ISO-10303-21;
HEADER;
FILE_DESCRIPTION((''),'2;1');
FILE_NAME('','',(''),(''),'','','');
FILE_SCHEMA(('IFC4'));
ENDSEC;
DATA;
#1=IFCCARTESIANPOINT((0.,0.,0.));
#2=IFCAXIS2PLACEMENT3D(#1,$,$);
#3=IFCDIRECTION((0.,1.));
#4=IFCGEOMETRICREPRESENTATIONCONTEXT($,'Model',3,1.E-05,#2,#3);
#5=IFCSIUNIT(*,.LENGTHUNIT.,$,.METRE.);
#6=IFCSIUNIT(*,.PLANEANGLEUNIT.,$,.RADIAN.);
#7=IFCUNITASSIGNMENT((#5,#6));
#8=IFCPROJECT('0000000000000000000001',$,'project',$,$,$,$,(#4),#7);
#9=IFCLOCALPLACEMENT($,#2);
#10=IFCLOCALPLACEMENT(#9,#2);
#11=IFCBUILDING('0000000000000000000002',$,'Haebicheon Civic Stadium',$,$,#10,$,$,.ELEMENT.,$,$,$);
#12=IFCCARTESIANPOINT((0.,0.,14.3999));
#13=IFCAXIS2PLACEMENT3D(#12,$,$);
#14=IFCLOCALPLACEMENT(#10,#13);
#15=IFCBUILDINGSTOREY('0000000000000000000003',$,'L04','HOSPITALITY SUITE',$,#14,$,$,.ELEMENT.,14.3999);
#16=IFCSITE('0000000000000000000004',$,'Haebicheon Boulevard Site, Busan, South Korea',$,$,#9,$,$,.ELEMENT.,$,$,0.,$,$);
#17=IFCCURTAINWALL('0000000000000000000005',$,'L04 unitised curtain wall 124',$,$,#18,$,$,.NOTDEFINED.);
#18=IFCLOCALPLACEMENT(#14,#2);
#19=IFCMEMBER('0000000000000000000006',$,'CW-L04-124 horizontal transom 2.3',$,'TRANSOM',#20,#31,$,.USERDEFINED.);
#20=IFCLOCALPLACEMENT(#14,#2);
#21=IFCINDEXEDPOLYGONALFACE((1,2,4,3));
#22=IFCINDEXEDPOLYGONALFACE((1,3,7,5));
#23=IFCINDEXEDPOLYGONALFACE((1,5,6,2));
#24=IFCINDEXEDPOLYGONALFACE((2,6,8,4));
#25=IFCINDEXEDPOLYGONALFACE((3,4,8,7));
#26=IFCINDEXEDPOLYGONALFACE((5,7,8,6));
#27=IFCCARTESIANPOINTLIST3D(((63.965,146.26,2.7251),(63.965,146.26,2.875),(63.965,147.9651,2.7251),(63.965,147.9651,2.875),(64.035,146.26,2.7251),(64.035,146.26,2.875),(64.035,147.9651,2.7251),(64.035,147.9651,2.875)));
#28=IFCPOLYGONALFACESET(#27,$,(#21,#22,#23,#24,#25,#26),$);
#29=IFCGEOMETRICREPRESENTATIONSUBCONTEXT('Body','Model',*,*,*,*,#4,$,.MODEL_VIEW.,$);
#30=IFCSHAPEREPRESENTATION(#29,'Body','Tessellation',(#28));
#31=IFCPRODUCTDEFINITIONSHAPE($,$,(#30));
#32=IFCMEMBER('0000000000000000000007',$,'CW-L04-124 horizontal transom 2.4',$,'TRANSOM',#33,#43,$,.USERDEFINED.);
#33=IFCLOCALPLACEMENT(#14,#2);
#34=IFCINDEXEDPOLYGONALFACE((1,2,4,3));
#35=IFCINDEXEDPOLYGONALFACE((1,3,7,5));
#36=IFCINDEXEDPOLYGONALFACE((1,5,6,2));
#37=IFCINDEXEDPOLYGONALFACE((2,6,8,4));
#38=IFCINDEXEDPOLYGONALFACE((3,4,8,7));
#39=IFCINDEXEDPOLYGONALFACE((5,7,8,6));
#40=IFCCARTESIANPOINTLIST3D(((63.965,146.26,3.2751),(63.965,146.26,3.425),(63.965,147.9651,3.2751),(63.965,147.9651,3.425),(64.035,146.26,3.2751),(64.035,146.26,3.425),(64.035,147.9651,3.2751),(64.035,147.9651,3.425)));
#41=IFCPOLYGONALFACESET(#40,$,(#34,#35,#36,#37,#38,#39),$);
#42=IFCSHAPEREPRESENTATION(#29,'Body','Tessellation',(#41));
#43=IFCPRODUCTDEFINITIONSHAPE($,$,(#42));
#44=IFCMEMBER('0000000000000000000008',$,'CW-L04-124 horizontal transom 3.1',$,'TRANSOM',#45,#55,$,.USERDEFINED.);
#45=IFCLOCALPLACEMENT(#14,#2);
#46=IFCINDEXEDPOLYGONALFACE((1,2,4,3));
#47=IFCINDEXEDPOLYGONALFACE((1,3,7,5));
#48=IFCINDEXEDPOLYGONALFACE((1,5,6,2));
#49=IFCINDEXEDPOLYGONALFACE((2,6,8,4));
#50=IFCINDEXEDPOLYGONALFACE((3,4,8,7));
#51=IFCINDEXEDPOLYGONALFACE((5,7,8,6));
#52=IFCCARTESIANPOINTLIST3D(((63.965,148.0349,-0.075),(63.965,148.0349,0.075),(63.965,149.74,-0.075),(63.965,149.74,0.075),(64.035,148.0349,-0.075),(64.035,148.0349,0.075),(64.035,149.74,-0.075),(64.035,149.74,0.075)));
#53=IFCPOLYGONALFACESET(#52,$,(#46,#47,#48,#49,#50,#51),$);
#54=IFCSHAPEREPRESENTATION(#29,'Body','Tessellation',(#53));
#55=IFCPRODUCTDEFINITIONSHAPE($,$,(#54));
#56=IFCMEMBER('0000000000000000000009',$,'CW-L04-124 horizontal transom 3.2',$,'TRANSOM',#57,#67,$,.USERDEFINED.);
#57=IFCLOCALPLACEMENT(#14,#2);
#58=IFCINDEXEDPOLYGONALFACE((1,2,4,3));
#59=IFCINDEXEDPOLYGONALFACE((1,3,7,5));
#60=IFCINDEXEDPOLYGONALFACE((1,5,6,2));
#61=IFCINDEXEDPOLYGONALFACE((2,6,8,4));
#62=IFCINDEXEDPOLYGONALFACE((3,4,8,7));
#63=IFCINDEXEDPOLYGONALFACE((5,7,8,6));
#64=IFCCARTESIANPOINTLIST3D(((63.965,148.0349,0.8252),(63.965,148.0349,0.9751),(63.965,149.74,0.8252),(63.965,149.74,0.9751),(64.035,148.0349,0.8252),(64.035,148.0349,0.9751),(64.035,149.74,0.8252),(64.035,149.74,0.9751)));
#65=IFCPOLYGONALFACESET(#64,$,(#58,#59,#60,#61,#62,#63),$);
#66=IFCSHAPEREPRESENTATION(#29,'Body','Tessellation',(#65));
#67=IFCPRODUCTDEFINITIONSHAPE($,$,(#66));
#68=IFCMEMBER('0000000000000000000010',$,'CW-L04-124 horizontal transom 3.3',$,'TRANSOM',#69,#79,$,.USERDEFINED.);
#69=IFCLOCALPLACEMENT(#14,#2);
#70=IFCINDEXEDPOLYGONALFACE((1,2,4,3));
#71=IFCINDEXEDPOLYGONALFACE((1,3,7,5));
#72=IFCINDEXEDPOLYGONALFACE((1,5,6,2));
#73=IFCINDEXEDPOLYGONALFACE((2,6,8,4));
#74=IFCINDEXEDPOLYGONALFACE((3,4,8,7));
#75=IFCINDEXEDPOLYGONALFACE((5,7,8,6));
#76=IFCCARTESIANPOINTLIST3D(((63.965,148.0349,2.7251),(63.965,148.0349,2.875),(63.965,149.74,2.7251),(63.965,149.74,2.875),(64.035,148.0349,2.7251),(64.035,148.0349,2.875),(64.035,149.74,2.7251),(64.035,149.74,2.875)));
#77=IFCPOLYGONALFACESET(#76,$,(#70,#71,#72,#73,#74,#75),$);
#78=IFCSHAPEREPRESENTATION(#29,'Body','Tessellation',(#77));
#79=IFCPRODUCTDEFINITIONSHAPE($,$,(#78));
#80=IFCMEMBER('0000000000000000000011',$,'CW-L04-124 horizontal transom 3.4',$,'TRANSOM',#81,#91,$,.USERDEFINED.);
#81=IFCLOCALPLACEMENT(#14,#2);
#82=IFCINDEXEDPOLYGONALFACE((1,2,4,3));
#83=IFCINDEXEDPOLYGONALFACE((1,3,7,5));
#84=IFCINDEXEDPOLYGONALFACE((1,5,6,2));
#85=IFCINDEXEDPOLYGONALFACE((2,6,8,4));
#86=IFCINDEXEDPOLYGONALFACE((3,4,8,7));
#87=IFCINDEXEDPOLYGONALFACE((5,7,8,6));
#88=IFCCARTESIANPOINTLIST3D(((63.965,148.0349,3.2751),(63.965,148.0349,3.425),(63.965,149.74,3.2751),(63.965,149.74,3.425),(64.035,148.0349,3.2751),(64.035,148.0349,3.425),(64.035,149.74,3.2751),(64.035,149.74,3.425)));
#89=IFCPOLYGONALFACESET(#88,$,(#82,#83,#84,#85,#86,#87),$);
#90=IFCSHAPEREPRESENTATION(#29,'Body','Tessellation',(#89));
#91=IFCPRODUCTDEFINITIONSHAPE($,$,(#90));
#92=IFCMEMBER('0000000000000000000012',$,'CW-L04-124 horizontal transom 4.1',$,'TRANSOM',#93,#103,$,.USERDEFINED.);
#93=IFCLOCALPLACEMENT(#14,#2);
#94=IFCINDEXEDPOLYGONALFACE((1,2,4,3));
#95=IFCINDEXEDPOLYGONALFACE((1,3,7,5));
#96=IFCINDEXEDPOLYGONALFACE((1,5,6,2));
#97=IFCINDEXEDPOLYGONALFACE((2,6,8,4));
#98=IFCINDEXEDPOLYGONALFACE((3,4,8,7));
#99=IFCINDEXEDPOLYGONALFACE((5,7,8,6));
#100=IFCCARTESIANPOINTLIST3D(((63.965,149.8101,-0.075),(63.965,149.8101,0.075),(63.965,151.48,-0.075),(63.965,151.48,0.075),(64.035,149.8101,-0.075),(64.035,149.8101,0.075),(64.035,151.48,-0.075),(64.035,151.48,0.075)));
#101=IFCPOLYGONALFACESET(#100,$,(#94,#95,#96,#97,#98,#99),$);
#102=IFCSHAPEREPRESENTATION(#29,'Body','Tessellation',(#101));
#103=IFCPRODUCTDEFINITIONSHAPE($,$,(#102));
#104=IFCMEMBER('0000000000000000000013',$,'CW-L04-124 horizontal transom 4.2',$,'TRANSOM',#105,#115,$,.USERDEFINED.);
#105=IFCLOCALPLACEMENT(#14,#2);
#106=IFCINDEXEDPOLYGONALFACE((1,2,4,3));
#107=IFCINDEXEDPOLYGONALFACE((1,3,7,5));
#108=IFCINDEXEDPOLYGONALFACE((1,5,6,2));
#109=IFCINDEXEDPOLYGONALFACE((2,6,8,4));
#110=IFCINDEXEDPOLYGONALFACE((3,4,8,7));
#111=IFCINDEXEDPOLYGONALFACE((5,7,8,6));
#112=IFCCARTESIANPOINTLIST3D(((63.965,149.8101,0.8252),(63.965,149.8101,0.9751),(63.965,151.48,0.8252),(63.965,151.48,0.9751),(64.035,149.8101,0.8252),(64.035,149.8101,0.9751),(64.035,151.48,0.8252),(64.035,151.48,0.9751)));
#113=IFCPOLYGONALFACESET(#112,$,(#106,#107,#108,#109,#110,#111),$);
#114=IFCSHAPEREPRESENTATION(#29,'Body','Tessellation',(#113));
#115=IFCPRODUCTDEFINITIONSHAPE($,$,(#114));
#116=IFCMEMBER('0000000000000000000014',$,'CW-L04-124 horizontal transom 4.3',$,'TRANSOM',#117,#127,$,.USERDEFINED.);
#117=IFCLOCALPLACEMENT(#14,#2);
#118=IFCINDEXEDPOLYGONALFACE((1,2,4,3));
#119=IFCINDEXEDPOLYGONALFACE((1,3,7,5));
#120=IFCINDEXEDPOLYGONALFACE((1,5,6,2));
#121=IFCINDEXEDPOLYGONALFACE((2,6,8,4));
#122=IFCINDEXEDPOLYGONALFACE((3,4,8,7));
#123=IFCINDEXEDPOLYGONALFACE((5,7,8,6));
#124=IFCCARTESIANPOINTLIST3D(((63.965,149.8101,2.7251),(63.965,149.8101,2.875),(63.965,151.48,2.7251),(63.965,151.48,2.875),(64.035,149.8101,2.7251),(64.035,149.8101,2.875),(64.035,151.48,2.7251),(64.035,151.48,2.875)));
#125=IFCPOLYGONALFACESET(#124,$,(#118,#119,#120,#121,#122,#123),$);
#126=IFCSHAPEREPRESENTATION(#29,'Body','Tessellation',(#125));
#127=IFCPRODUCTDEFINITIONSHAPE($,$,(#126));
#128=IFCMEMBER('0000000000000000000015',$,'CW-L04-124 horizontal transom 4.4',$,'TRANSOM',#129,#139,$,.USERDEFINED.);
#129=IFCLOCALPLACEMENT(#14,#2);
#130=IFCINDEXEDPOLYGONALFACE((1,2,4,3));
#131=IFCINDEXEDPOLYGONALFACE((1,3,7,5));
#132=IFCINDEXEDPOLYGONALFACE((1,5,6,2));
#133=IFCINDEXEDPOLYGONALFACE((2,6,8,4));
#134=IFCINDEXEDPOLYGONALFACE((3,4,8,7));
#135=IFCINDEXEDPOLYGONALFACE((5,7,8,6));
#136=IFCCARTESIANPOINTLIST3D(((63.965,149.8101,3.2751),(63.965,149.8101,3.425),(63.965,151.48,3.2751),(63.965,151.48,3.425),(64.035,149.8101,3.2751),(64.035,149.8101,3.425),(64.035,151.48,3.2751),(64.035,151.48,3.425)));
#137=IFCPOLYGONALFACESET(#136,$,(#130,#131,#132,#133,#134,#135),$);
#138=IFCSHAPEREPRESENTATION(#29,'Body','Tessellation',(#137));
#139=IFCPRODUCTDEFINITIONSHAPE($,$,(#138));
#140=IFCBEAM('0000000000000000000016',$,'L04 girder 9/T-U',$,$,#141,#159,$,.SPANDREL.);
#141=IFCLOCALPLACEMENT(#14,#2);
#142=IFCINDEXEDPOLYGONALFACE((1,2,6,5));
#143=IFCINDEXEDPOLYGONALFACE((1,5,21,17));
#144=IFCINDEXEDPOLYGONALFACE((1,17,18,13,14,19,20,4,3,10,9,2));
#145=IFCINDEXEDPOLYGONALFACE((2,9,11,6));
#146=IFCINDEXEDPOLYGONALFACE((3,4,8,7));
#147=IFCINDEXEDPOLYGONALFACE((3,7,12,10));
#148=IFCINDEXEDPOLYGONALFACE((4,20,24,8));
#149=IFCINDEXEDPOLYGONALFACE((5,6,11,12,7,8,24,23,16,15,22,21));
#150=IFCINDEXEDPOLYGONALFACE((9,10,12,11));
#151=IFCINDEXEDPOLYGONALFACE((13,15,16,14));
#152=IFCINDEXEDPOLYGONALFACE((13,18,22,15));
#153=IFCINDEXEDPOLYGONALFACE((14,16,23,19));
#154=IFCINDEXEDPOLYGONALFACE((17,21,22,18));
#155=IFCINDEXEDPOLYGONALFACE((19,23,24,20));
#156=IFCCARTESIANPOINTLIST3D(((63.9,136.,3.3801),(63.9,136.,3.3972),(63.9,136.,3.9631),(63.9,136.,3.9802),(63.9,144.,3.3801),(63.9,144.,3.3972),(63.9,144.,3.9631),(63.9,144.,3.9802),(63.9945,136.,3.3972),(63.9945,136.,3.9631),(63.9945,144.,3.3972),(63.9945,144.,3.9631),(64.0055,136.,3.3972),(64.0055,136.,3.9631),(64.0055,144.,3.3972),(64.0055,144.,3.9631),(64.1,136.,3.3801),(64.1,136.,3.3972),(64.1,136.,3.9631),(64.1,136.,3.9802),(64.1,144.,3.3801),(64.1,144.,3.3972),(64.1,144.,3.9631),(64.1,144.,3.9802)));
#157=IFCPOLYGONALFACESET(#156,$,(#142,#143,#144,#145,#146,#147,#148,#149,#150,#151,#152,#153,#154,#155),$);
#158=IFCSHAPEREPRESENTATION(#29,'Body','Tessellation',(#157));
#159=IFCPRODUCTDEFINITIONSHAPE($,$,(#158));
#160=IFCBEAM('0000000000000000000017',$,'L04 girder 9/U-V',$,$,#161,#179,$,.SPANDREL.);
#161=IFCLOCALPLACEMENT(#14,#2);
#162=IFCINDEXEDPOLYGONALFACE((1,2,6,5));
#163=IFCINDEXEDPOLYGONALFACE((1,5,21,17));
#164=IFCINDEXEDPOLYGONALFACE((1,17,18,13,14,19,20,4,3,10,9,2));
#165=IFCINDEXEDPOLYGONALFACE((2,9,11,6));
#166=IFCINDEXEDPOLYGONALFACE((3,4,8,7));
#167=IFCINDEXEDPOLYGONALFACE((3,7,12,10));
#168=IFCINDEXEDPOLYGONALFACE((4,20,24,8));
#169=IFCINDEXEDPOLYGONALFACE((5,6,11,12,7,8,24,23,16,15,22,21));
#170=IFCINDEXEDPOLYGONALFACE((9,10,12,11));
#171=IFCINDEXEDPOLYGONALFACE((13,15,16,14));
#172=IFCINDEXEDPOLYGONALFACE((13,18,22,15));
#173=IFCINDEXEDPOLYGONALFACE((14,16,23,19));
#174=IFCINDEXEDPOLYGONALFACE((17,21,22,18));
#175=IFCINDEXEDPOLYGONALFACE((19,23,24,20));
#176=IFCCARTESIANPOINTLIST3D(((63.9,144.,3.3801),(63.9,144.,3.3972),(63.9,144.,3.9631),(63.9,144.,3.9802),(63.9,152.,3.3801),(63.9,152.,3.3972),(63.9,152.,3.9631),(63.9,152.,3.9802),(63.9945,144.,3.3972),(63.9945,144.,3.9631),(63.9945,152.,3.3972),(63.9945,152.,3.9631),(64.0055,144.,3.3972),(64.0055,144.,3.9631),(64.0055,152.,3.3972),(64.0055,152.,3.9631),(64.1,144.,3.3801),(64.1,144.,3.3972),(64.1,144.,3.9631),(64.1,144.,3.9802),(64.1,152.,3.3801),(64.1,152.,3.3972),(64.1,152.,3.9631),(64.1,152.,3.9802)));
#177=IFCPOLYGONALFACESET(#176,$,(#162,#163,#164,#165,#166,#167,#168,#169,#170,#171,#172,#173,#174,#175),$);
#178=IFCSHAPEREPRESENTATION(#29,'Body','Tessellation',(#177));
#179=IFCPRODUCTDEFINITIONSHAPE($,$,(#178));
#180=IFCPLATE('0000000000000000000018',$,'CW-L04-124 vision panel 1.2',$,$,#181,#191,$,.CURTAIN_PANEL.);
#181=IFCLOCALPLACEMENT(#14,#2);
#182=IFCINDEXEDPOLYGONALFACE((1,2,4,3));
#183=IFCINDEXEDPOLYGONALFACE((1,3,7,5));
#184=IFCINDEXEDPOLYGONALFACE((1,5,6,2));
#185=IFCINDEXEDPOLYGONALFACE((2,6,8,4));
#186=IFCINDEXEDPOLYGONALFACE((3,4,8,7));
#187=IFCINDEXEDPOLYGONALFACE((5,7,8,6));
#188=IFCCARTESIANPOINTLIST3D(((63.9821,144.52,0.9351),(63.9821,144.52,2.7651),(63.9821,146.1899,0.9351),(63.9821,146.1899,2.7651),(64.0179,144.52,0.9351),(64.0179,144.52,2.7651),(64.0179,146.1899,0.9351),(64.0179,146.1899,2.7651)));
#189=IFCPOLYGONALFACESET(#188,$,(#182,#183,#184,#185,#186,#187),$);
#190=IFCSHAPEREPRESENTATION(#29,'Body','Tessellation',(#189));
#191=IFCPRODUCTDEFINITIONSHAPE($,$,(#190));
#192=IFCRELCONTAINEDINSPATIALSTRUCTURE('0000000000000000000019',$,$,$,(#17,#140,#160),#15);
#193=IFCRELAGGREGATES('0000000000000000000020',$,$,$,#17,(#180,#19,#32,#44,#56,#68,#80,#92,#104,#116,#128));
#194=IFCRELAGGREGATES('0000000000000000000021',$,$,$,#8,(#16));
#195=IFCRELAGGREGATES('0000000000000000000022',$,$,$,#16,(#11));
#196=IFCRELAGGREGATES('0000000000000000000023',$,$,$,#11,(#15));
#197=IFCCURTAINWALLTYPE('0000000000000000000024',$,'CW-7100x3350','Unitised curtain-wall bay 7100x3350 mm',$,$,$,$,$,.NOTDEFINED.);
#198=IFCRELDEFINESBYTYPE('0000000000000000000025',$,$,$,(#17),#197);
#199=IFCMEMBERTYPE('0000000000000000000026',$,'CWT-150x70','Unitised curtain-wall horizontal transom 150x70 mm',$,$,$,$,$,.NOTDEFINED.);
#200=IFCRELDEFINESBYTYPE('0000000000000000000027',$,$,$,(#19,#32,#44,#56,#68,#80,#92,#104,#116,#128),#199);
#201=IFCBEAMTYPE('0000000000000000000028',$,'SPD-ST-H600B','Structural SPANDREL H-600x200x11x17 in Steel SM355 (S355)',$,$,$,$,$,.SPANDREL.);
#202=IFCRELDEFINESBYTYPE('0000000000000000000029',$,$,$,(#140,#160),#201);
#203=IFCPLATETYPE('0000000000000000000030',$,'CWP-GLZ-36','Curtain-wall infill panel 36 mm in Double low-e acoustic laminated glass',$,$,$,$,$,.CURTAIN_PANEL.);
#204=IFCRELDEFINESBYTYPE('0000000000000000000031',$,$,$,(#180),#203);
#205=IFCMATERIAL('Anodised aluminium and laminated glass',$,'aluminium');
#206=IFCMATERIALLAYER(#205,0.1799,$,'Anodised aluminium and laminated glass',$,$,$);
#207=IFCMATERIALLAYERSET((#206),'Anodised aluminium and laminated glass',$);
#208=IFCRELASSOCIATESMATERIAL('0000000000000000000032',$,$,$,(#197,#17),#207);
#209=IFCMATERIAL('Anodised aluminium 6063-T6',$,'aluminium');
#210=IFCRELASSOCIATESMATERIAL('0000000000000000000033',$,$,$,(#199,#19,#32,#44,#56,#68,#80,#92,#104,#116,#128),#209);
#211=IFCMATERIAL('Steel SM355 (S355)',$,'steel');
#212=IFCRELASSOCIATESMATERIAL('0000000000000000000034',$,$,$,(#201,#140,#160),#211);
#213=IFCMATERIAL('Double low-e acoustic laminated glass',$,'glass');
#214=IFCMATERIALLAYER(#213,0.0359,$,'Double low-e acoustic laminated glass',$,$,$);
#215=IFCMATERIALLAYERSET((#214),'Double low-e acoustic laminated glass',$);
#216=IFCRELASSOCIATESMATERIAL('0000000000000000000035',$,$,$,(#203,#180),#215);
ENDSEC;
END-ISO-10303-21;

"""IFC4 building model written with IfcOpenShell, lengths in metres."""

from ifc_helpers import new_model, si_unit, direction, frame, origin, origin_2d, place, context, subcontext, project, spatial, rectangle, i_section, extrude, material, layer, layer_set, material_profile, profile_set, type_object, element, aggregate, save


model = new_model("IFC4")

# Units and contexts
model_context = context("Model", 3, precision=1e-05, world=origin(), true_north=direction((0.0, 1.0)))
body_context = subcontext(model_context, "Body", "Model", "MODEL_VIEW")
ifc_project = project(units=[si_unit("LENGTHUNIT", "METRE"), si_unit("PLANEANGLEUNIT", "RADIAN")], contexts=[model_context])

# Site, building, storey
site_placement = place(None, origin())
site = spatial("IfcSite", under=ifc_project, at=site_placement, Name="Haebicheon Boulevard Site, Busan, South Korea", CompositionType="ELEMENT", RefElevation=0.0)
building_placement = place(site_placement, origin())
building = spatial("IfcBuilding", under=site, at=building_placement, Name="Haebicheon Civic Stadium", CompositionType="ELEMENT")
storey_placement = place(building_placement, frame((0.0, 0.0, 14.3999)))
storey = spatial("IfcBuildingStorey", under=building, at=storey_placement, Name="L04", Description="HOSPITALITY SUITE", CompositionType="ELEMENT", Elevation=14.3999)

# Curtain wall, members
ifc_material_1 = material(Name="Anodised aluminium and laminated glass", Category="aluminium")
ifc_layer_1 = layer(ifc_material_1, 0.1799, Name="Anodised aluminium and laminated glass")
ifc_layer_set_1 = layer_set([ifc_layer_1], Name="Anodised aluminium and laminated glass")
curtain_wall_type = type_object("IfcCurtainWallType", Name="CW-7100x3350", Description="Unitised curtain-wall bay 7100x3350 mm", PredefinedType="NOTDEFINED", material=ifc_layer_set_1)
curtain_wall_placement = place(storey_placement, origin())
curtain_wall = element("IfcCurtainWall", 1, at=curtain_wall_placement, inside=storey, type_object=curtain_wall_type, material=ifc_layer_set_1, Name="L04 unitised curtain wall 124", PredefinedType="NOTDEFINED")
ifc_material_2 = material(Name="Anodised aluminium 6063-T6", Category="aluminium")
ifc_material_profile_1 = material_profile(ifc_material_2, rectangle(XDim=0.0701, YDim=0.1499, at=origin_2d()), Name="ALU-TRAN-70x150")
ifc_profile_set_1 = profile_set([ifc_material_profile_1], Name="Anodised aluminium 6063-T6")
member_type_1 = type_object("IfcMemberType", Name="CWT-150x70", Description="Unitised curtain-wall horizontal transom 150x70 mm", PredefinedType="NOTDEFINED", material=ifc_profile_set_1)
member_1_placement = place(storey_placement, frame((64.0, 146.26, 2.8), z_axis=(0.0, 1.0, 0.0), x_axis=(-1.0, 0.0, 0.0)))
member_1 = element("IfcMember", 2, at=member_1_placement, type_object=member_type_1, material=ifc_profile_set_1, Name="CW-L04-124 horizontal transom 2.3", ObjectType="TRANSOM", PredefinedType="USERDEFINED", context=body_context, shape_type="SweptSolid", body=[
    extrude(rectangle(XDim=0.0701, YDim=0.1499, at=origin_2d()), origin(), (0.0, 0.0, 1.0), 1.7051),
])
member_2_placement = place(storey_placement, frame((64.0, 146.26, 3.3501), z_axis=(0.0, 1.0, 0.0), x_axis=(-1.0, 0.0, 0.0)))
member_2 = element("IfcMember", 3, at=member_2_placement, type_object=member_type_1, material=ifc_profile_set_1, Name="CW-L04-124 horizontal transom 2.4", ObjectType="TRANSOM", PredefinedType="USERDEFINED", context=body_context, shape_type="SweptSolid", body=[
    extrude(rectangle(XDim=0.0701, YDim=0.1499, at=origin_2d()), origin(), (0.0, 0.0, 1.0), 1.7051),
])
member_3_placement = place(storey_placement, frame((64.0, 148.0349, 0.0), z_axis=(0.0, 1.0, 0.0), x_axis=(-1.0, 0.0, 0.0)))
member_3 = element("IfcMember", 4, at=member_3_placement, type_object=member_type_1, material=ifc_profile_set_1, Name="CW-L04-124 horizontal transom 3.1", ObjectType="TRANSOM", PredefinedType="USERDEFINED", context=body_context, shape_type="SweptSolid", body=[
    extrude(rectangle(XDim=0.0701, YDim=0.1499, at=origin_2d()), origin(), (0.0, 0.0, 1.0), 1.7051),
])
member_4_placement = place(storey_placement, frame((64.0, 148.0349, 0.9001), z_axis=(0.0, 1.0, 0.0), x_axis=(-1.0, 0.0, 0.0)))
member_4 = element("IfcMember", 5, at=member_4_placement, type_object=member_type_1, material=ifc_profile_set_1, Name="CW-L04-124 horizontal transom 3.2", ObjectType="TRANSOM", PredefinedType="USERDEFINED", context=body_context, shape_type="SweptSolid", body=[
    extrude(rectangle(XDim=0.0701, YDim=0.1499, at=origin_2d()), origin(), (0.0, 0.0, 1.0), 1.7051),
])
member_5_placement = place(storey_placement, frame((64.0, 148.0349, 2.8), z_axis=(0.0, 1.0, 0.0), x_axis=(-1.0, 0.0, 0.0)))
member_5 = element("IfcMember", 6, at=member_5_placement, type_object=member_type_1, material=ifc_profile_set_1, Name="CW-L04-124 horizontal transom 3.3", ObjectType="TRANSOM", PredefinedType="USERDEFINED", context=body_context, shape_type="SweptSolid", body=[
    extrude(rectangle(XDim=0.0701, YDim=0.1499, at=origin_2d()), origin(), (0.0, 0.0, 1.0), 1.7051),
])
member_6_placement = place(storey_placement, frame((64.0, 148.0349, 3.3501), z_axis=(0.0, 1.0, 0.0), x_axis=(-1.0, 0.0, 0.0)))
member_6 = element("IfcMember", 7, at=member_6_placement, type_object=member_type_1, material=ifc_profile_set_1, Name="CW-L04-124 horizontal transom 3.4", ObjectType="TRANSOM", PredefinedType="USERDEFINED", context=body_context, shape_type="SweptSolid", body=[
    extrude(rectangle(XDim=0.0701, YDim=0.1499, at=origin_2d()), origin(), (0.0, 0.0, 1.0), 1.7051),
])
member_7_placement = place(storey_placement, frame((64.0, 149.8101, 0.0), z_axis=(0.0, 1.0, 0.0), x_axis=(-1.0, 0.0, 0.0)))
member_7 = element("IfcMember", 8, at=member_7_placement, type_object=member_type_1, material=ifc_profile_set_1, Name="CW-L04-124 horizontal transom 4.1", ObjectType="TRANSOM", PredefinedType="USERDEFINED", context=body_context, shape_type="SweptSolid", body=[
    extrude(rectangle(XDim=0.0701, YDim=0.1499, at=origin_2d()), origin(), (0.0, 0.0, 1.0), 1.6699),
])
member_8_placement = place(storey_placement, frame((64.0, 149.8101, 0.9001), z_axis=(0.0, 1.0, 0.0), x_axis=(-1.0, 0.0, 0.0)))
member_8 = element("IfcMember", 9, at=member_8_placement, type_object=member_type_1, material=ifc_profile_set_1, Name="CW-L04-124 horizontal transom 4.2", ObjectType="TRANSOM", PredefinedType="USERDEFINED", context=body_context, shape_type="SweptSolid", body=[
    extrude(rectangle(XDim=0.0701, YDim=0.1499, at=origin_2d()), origin(), (0.0, 0.0, 1.0), 1.6699),
])
member_9_placement = place(storey_placement, frame((64.0, 149.8101, 2.8), z_axis=(0.0, 1.0, 0.0), x_axis=(-1.0, 0.0, 0.0)))
member_9 = element("IfcMember", 10, at=member_9_placement, type_object=member_type_1, material=ifc_profile_set_1, Name="CW-L04-124 horizontal transom 4.3", ObjectType="TRANSOM", PredefinedType="USERDEFINED", context=body_context, shape_type="SweptSolid", body=[
    extrude(rectangle(XDim=0.0701, YDim=0.1499, at=origin_2d()), origin(), (0.0, 0.0, 1.0), 1.6699),
])
member_10_placement = place(storey_placement, frame((64.0, 149.8101, 3.3501), z_axis=(0.0, 1.0, 0.0), x_axis=(-1.0, 0.0, 0.0)))
member_10 = element("IfcMember", 11, at=member_10_placement, type_object=member_type_1, material=ifc_profile_set_1, Name="CW-L04-124 horizontal transom 4.4", ObjectType="TRANSOM", PredefinedType="USERDEFINED", context=body_context, shape_type="SweptSolid", body=[
    extrude(rectangle(XDim=0.0701, YDim=0.1499, at=origin_2d()), origin(), (0.0, 0.0, 1.0), 1.6699),
])

# Beams
ifc_material_3 = material(Name="Steel SM355 (S355)", Category="steel")
ifc_material_profile_2 = material_profile(ifc_material_3, i_section(OverallWidth=0.2, OverallDepth=0.6001, WebThickness=0.011, FlangeThickness=0.0171, at=origin_2d()), Name="H-600x200x11x17")
ifc_profile_set_2 = profile_set([ifc_material_profile_2], Name="Steel SM355 (S355)")
beam_type = type_object("IfcBeamType", Name="SPD-ST-H600B", Description="Structural SPANDREL H-600x200x11x17 in Steel SM355 (S355)", PredefinedType="SPANDREL", material=ifc_profile_set_2)
for number, where, z_axis, x_axis, name in (
    (12, (64.0, 136.0, 3.6802), (0.0, 1.0, 0.0), (-1.0, 0.0, 0.0), "L04 girder 9/T-U"),
    (13, (64.0, 144.0, 3.6802), (0.0, 1.0, 0.0), (-1.0, 0.0, 0.0), "L04 girder 9/U-V"),
):
    element("IfcBeam", number, at=place(storey_placement, frame(where, z_axis=z_axis, x_axis=x_axis)), inside=storey, type_object=beam_type, material=ifc_profile_set_2, Name=name, PredefinedType="SPANDREL", context=body_context, shape_type="SweptSolid", body=[
        extrude(i_section(OverallWidth=0.2, OverallDepth=0.6001, WebThickness=0.011, FlangeThickness=0.0171, at=origin_2d()), origin(), (0.0, 0.0, 1.0), 8.0),
    ])

# Plate
ifc_material_4 = material(Name="Double low-e acoustic laminated glass", Category="glass")
ifc_layer_2 = layer(ifc_material_4, 0.0359, Name="Double low-e acoustic laminated glass")
ifc_layer_set_2 = layer_set([ifc_layer_2], Name="Double low-e acoustic laminated glass")
plate_type_1 = type_object("IfcPlateType", Name="CWP-GLZ-36", Description="Curtain-wall infill panel 36 mm in Double low-e acoustic laminated glass", PredefinedType="CURTAIN_PANEL", material=ifc_layer_set_2)
plate_1_placement = place(storey_placement, frame((64.0, 145.355, 0.9351), z_axis=(0.0, 0.0, 1.0), x_axis=(0.0, 1.0, 0.0)))
plate_1 = element("IfcPlate", 14, at=plate_1_placement, type_object=plate_type_1, material=ifc_layer_set_2, Name="CW-L04-124 vision panel 1.2", PredefinedType="CURTAIN_PANEL", context=body_context, shape_type="SweptSolid", body=[
    extrude(rectangle(XDim=1.6699, YDim=0.0359, at=origin_2d()), origin(), (0.0, 0.0, 1.0), 1.8301),
])
aggregate(curtain_wall, [plate_1, member_1, member_2, member_3, member_4, member_5, member_6, member_7, member_8, member_9, member_10])

save(model, "model.ifc")
